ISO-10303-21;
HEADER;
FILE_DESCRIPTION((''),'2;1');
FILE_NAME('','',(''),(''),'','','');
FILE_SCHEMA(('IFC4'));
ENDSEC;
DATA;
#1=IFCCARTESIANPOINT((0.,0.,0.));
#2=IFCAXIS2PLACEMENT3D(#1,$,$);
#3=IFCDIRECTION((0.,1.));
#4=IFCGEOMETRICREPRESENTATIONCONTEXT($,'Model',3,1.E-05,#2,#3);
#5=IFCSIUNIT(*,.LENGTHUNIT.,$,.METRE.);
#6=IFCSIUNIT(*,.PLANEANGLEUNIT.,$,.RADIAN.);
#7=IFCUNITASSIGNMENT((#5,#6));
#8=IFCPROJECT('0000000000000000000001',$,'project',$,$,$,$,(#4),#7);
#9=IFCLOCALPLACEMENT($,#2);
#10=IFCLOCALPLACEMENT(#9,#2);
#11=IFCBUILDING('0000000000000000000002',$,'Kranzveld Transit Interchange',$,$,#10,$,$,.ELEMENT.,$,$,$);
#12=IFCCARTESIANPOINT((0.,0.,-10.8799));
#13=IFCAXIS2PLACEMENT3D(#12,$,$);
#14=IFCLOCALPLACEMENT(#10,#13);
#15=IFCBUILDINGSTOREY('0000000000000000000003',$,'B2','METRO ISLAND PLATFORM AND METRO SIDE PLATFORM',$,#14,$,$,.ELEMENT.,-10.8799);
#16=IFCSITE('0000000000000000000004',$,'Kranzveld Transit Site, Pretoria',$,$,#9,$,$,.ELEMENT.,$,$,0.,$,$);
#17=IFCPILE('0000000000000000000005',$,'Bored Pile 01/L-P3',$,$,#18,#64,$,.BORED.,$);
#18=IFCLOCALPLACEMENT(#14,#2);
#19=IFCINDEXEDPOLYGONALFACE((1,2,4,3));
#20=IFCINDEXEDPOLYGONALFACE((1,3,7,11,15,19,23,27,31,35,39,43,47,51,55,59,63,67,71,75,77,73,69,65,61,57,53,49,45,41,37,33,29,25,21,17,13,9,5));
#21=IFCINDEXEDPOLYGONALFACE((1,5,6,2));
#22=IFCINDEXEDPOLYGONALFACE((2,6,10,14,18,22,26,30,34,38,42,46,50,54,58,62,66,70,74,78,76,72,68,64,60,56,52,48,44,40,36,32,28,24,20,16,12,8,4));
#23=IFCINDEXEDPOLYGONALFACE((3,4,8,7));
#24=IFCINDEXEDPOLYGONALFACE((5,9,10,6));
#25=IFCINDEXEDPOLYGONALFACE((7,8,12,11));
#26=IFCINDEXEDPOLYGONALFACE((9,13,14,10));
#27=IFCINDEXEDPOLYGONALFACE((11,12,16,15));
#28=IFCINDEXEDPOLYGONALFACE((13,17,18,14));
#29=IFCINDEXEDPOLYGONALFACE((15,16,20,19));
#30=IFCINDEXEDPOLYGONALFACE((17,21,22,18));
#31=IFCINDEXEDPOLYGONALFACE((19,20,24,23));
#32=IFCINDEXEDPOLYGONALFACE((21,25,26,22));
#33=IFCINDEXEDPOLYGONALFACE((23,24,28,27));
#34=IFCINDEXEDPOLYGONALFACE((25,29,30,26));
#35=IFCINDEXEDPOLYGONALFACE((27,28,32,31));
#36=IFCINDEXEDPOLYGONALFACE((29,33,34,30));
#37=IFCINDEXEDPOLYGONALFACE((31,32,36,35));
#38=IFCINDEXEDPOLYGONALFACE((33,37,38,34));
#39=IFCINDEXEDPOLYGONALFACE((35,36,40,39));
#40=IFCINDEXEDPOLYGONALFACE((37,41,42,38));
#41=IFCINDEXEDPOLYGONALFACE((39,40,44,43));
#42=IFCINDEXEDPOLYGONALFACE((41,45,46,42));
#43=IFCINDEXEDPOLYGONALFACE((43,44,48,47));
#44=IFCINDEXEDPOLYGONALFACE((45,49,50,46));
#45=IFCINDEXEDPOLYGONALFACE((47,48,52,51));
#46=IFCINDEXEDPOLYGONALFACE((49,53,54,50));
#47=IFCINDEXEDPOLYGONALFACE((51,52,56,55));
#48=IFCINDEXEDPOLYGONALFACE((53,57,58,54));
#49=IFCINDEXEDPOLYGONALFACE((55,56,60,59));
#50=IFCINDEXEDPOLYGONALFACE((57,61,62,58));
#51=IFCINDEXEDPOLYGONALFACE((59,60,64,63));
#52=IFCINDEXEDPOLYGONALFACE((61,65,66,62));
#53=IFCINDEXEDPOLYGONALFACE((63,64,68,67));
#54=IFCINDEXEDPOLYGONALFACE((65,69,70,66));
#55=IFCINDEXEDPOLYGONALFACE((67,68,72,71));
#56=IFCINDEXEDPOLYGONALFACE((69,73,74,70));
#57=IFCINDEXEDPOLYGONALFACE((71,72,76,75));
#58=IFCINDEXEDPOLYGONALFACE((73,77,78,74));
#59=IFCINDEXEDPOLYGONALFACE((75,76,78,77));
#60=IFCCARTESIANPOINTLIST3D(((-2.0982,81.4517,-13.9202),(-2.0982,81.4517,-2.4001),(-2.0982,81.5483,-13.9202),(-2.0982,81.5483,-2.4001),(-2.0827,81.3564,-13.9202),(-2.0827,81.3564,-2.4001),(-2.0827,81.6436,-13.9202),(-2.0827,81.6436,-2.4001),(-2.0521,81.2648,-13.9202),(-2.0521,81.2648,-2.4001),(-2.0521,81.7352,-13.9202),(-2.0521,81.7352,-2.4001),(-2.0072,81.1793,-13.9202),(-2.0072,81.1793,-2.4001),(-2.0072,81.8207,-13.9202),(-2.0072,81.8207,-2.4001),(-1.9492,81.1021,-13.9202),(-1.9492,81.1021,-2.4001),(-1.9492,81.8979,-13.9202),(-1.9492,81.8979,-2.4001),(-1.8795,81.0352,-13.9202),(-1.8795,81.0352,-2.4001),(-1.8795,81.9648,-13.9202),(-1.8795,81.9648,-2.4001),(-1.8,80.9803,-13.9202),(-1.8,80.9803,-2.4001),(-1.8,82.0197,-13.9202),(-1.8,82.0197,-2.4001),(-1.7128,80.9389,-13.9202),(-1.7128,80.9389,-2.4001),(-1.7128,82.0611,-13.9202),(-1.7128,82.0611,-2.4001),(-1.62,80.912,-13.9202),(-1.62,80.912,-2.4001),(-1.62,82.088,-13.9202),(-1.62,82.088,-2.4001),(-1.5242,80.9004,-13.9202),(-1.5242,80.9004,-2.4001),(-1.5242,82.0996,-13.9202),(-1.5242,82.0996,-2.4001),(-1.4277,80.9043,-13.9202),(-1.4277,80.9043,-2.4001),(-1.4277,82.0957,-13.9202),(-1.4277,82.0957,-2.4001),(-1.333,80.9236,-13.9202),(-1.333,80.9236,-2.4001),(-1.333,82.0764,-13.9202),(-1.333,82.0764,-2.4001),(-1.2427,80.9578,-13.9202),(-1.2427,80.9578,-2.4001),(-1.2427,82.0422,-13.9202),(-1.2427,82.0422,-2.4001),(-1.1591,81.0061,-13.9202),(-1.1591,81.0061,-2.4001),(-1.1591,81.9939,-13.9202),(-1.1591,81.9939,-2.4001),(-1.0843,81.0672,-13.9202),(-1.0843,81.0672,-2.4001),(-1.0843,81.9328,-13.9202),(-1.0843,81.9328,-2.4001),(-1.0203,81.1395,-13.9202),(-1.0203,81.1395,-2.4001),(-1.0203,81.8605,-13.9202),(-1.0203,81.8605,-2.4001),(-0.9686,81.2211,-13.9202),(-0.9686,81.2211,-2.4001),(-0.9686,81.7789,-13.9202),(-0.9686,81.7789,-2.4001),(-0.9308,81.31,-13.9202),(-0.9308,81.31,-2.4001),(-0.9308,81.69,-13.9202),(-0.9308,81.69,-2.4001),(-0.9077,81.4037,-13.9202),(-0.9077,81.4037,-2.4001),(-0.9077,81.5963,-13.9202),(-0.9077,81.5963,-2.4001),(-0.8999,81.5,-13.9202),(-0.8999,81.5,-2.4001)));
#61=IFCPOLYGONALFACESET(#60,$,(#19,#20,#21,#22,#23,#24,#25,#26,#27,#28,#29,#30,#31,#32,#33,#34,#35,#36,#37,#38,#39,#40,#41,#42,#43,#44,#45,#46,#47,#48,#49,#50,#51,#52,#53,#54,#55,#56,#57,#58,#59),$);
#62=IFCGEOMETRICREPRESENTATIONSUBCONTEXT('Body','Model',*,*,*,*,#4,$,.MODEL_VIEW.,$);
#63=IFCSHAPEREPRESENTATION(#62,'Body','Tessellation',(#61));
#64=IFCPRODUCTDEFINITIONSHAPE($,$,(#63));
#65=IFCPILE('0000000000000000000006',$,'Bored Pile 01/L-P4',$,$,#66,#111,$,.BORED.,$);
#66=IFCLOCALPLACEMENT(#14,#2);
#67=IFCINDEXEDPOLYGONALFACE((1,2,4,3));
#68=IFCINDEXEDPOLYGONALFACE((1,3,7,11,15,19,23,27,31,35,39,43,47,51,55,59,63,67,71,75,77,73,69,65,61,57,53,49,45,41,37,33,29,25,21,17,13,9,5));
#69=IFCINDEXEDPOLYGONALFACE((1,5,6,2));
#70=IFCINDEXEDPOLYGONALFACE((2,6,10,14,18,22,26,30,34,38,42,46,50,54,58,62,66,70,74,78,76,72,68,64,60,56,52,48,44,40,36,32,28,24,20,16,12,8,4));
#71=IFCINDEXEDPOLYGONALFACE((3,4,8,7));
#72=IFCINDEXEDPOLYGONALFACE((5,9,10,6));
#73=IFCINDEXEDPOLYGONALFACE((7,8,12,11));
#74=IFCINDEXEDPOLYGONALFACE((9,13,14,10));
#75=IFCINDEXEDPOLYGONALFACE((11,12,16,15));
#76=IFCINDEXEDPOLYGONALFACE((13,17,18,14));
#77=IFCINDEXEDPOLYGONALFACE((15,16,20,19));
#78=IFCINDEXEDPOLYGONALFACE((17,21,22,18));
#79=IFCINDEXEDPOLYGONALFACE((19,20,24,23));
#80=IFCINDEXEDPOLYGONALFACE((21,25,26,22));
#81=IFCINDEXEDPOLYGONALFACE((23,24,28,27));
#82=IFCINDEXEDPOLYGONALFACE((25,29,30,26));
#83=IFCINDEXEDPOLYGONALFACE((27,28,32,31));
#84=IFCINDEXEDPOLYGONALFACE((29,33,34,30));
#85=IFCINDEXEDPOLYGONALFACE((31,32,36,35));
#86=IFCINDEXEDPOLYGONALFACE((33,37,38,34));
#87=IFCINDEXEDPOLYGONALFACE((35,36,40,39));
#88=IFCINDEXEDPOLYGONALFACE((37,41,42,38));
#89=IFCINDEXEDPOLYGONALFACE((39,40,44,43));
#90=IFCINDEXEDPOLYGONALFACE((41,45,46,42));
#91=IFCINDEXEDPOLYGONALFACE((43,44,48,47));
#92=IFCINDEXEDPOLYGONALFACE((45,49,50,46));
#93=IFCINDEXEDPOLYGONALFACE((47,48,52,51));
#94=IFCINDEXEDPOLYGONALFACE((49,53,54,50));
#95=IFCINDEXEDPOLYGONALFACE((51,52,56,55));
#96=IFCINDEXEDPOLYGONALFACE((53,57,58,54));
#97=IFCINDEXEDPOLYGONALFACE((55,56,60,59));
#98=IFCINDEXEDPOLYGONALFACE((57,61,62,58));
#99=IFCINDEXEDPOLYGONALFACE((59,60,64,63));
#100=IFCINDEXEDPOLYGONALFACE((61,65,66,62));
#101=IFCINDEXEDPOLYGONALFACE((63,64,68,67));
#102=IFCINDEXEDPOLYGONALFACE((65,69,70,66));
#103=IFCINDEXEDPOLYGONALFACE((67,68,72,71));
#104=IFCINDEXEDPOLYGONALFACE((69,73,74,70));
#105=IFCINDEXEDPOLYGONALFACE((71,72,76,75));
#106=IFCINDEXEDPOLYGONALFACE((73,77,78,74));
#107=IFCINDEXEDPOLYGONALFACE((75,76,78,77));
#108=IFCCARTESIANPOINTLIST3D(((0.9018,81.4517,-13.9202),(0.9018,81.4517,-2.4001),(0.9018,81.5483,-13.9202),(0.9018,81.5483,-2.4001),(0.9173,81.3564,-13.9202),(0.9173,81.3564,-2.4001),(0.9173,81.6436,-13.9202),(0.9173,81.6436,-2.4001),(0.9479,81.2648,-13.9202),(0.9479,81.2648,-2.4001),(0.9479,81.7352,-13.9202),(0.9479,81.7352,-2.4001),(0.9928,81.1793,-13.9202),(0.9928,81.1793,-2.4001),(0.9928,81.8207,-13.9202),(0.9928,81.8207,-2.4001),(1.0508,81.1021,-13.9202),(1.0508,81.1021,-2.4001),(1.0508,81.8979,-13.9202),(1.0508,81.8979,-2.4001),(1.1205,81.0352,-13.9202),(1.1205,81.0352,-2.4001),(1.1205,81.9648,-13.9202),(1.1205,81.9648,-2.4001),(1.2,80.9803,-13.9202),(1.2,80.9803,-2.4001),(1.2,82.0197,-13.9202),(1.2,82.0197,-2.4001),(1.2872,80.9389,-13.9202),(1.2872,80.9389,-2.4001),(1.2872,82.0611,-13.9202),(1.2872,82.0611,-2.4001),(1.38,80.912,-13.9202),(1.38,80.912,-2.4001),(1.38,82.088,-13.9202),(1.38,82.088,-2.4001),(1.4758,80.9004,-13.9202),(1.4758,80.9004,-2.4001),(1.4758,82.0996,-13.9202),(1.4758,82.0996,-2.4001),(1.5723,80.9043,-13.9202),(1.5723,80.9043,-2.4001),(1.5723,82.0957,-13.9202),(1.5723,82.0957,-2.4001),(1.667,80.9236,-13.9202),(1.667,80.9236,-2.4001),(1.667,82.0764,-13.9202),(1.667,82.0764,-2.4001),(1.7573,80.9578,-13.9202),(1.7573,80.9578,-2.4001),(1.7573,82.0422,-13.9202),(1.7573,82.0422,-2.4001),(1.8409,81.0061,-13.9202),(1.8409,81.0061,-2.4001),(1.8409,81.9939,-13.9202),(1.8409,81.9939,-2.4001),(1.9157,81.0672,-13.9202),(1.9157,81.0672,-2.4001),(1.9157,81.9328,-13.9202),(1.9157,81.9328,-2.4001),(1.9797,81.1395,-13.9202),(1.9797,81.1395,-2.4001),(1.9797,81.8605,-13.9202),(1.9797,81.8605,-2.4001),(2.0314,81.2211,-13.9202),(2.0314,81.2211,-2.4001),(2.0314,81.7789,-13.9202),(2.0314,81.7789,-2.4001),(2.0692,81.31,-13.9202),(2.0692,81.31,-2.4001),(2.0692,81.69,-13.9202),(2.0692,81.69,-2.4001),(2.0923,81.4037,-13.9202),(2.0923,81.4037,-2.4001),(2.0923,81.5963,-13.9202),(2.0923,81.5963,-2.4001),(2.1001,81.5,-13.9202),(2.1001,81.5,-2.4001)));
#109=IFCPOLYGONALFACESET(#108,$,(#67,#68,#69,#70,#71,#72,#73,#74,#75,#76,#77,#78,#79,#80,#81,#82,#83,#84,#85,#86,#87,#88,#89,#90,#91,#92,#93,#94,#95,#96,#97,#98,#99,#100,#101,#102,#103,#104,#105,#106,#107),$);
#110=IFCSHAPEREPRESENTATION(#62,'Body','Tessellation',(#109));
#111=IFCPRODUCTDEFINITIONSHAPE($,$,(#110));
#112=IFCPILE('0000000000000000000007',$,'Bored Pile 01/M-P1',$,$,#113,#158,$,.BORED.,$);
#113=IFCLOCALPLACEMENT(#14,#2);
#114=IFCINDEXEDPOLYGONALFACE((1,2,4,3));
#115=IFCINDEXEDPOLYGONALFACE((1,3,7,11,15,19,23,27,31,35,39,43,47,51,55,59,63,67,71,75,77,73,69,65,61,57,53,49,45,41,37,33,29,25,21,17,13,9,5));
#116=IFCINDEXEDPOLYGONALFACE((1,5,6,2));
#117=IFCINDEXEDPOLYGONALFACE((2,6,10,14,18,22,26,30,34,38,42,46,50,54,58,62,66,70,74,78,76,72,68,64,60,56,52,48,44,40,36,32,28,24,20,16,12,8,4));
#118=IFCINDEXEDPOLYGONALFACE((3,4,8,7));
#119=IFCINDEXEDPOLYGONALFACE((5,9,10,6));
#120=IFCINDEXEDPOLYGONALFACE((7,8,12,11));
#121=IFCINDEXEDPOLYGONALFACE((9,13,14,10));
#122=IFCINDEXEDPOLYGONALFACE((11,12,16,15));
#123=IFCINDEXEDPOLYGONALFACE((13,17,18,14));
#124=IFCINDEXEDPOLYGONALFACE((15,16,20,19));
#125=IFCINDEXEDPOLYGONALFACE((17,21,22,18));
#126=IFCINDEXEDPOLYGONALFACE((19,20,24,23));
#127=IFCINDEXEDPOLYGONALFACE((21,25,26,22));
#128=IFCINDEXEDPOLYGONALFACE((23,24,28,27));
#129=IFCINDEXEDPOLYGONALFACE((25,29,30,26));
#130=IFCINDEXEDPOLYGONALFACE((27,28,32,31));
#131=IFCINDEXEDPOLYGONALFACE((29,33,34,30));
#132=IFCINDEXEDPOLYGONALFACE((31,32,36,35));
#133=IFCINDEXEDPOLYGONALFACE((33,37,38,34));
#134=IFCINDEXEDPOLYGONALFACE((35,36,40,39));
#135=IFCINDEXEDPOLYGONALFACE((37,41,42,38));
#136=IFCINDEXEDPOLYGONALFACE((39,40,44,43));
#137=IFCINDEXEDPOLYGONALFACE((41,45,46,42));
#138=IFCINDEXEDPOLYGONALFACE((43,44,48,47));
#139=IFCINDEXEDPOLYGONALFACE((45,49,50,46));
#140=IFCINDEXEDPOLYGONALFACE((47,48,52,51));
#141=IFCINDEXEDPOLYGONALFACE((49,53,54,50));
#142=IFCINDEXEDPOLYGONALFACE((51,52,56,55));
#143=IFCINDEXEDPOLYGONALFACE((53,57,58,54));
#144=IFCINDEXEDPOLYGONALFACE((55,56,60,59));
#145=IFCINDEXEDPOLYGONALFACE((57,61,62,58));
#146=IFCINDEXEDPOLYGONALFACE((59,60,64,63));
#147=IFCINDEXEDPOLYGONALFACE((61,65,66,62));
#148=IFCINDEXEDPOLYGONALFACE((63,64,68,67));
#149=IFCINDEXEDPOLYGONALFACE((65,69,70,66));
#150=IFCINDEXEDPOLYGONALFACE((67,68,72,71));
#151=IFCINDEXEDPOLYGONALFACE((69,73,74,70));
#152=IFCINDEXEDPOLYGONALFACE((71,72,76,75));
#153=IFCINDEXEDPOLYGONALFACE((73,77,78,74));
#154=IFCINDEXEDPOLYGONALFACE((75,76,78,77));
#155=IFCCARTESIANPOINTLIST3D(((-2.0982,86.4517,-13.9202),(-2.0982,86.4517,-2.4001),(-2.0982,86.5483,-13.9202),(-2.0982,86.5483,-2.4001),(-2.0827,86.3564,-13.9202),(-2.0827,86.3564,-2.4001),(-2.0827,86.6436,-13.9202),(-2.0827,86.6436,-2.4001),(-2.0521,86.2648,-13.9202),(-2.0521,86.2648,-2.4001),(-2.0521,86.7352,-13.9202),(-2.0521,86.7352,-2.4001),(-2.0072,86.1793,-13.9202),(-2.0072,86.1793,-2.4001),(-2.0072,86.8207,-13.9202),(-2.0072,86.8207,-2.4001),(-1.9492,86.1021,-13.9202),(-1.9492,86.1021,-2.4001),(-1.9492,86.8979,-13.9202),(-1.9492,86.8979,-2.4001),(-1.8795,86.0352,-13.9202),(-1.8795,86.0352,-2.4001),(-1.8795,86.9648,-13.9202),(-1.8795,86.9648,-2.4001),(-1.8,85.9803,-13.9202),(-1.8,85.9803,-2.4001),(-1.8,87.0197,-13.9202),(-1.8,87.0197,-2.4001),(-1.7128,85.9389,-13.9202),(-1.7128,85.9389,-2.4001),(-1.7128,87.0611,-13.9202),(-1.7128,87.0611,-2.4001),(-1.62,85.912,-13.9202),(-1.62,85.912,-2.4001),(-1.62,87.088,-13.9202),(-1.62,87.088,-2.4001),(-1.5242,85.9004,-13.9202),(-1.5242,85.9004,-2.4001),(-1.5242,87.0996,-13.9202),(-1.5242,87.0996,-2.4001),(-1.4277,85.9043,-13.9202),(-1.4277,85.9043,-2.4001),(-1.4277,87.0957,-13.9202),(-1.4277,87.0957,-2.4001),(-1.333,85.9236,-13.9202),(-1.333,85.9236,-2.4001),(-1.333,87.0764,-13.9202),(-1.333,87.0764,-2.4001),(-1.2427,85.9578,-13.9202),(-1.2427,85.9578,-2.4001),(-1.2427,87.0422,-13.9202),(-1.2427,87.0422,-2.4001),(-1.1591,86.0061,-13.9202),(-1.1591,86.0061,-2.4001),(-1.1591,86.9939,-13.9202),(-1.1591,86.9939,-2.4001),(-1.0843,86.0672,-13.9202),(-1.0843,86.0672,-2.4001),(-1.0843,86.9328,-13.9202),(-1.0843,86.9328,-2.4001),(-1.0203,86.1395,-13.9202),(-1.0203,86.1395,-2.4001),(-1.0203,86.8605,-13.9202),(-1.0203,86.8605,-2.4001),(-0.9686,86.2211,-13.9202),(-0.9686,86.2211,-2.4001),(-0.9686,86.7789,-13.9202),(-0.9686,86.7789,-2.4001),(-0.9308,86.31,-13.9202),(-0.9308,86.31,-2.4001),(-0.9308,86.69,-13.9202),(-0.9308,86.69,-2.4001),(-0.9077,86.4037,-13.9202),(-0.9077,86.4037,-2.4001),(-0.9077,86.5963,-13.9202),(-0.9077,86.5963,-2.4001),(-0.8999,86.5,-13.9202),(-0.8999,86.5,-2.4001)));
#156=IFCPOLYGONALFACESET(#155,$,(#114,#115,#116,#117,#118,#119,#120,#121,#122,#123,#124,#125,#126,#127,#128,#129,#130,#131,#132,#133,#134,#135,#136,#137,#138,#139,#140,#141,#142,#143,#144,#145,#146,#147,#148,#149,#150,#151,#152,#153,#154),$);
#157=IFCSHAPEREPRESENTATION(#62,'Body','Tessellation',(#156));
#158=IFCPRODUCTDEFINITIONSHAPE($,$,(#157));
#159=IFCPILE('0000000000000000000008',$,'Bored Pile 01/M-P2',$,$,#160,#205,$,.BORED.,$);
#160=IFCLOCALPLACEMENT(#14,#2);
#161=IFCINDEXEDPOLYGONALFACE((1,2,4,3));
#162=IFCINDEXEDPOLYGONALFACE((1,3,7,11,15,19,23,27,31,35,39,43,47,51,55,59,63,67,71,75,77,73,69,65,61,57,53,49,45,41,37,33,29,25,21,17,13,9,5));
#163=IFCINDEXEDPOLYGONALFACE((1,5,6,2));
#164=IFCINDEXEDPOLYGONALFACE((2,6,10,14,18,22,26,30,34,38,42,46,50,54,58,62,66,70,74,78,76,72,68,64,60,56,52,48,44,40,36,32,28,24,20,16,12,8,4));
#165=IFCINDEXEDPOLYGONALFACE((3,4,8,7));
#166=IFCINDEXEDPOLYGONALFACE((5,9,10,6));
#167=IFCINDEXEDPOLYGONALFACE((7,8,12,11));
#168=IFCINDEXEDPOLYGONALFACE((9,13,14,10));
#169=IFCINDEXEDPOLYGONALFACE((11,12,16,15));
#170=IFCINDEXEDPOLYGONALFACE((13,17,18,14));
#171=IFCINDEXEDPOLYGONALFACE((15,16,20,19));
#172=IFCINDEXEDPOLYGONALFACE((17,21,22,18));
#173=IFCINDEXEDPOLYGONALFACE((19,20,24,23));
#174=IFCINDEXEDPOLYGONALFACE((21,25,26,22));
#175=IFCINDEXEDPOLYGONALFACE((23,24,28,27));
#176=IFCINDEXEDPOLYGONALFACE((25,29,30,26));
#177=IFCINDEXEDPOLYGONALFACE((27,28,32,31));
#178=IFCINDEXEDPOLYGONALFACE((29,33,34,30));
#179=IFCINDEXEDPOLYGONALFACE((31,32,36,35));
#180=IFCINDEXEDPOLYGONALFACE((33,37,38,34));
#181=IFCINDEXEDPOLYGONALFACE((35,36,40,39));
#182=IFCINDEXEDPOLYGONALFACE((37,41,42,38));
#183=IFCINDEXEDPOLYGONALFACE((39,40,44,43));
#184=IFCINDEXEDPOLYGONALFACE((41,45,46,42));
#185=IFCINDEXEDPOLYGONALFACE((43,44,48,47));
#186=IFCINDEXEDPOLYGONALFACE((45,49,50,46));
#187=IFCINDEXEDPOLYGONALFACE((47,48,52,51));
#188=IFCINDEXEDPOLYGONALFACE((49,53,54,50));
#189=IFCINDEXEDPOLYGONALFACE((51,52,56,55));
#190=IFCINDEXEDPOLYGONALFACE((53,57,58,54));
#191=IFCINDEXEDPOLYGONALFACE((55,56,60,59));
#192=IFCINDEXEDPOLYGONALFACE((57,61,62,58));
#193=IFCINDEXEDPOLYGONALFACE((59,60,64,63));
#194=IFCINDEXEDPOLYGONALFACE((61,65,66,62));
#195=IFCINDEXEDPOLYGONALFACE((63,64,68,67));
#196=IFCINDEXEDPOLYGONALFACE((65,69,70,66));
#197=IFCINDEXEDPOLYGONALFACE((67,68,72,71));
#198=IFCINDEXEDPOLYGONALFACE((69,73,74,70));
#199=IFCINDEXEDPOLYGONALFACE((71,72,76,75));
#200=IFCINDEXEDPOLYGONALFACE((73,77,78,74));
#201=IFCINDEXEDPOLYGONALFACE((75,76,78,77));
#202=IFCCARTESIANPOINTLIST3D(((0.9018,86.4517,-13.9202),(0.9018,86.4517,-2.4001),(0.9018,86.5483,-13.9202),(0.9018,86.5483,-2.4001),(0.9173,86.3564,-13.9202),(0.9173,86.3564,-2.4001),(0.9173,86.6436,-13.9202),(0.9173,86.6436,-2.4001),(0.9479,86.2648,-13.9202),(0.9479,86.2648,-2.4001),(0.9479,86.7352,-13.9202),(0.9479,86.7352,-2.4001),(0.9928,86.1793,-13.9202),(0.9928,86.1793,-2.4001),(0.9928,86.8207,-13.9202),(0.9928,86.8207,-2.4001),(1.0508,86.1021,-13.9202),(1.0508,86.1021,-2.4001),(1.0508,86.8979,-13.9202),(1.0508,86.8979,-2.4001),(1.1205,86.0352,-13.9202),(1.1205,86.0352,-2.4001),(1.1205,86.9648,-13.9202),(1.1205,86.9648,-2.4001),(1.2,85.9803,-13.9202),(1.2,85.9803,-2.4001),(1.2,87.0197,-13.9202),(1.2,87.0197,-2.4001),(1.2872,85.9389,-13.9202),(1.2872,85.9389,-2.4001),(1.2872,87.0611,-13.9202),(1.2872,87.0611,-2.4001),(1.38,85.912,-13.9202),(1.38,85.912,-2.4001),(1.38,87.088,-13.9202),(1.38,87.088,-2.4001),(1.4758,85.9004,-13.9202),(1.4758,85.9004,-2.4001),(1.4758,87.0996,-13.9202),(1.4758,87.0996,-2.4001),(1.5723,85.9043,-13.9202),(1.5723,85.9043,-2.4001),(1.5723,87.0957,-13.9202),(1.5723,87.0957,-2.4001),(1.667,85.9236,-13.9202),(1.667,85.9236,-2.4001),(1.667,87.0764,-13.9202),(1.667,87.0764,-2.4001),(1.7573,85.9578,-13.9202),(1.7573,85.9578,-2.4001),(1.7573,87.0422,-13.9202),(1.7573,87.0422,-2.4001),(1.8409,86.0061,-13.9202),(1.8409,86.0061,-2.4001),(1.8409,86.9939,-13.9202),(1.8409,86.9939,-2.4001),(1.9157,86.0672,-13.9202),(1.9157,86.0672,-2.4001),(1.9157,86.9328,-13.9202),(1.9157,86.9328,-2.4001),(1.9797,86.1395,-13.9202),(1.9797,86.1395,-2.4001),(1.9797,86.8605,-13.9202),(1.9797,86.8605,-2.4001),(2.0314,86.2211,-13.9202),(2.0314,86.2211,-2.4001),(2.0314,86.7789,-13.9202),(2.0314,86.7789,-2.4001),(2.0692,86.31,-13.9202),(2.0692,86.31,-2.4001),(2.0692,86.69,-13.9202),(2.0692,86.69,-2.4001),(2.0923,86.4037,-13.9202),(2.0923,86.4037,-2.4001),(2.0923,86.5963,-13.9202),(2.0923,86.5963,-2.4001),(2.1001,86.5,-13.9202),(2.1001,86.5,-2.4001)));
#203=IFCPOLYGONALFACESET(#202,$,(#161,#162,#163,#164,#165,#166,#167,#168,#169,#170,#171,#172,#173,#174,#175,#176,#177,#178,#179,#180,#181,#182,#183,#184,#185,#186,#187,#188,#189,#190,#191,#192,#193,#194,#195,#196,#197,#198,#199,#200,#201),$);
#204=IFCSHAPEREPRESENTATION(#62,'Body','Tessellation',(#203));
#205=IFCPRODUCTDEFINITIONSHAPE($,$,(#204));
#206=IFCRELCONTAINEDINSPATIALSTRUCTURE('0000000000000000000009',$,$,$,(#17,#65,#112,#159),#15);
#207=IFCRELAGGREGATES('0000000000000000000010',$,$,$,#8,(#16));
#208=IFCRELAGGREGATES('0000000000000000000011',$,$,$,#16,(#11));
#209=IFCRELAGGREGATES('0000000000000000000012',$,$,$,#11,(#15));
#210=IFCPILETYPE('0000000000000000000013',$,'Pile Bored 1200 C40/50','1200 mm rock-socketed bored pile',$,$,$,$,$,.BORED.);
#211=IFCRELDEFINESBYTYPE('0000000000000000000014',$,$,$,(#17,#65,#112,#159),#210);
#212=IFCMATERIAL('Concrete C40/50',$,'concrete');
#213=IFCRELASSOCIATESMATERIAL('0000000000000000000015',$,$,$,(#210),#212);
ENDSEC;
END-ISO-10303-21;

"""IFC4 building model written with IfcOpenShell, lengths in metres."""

from ifc_helpers import new_model, si_unit, direction, frame, origin, origin_2d, place, context, subcontext, project, spatial, circle, extrude, material, material_profile, profile_set, type_object, element, save


model = new_model("IFC4")

# Units and contexts
model_context = context("Model", 3, precision=1e-05, world=origin(), true_north=direction((0.0, 1.0)))
body_context = subcontext(model_context, "Body", "Model", "MODEL_VIEW")
ifc_project = project(units=[si_unit("LENGTHUNIT", "METRE"), si_unit("PLANEANGLEUNIT", "RADIAN")], contexts=[model_context])

# Site, building, storey
site_placement = place(None, origin())
site = spatial("IfcSite", under=ifc_project, at=site_placement, Name="Kranzveld Transit Site, Pretoria", CompositionType="ELEMENT", RefElevation=0.0)
building_placement = place(site_placement, origin())
building = spatial("IfcBuilding", under=site, at=building_placement, Name="Kranzveld Transit Interchange", CompositionType="ELEMENT")
storey_placement = place(building_placement, frame((0.0, 0.0, -10.8799)))
storey = spatial("IfcBuildingStorey", under=building, at=storey_placement, Name="B2", Description="METRO ISLAND PLATFORM AND METRO SIDE PLATFORM", CompositionType="ELEMENT", Elevation=-10.8799)

# Piles
ifc_material_1 = material(Name="Concrete C40/50", Category="concrete")
ifc_material_profile_1 = material_profile(ifc_material_1, circle(Radius=0.6001, at=origin_2d()), Name="BORED PILE 1200")
ifc_profile_set_1 = profile_set([ifc_material_profile_1], Name="Concrete C40/50")
pile_type = type_object("IfcPileType", Name="Pile Bored 1200 C40/50", Description="1200 mm rock-socketed bored pile", PredefinedType="BORED", material=ifc_profile_set_1)
for number, where, z_axis, x_axis, name in (
    (1, (-1.5, 81.5, -2.4001), (0.0, 0.0, -1.0), (1.0, 0.0, 0.0), "Bored Pile 01/L-P3"),
    (2, (1.5, 81.5, -2.4001), (0.0, 0.0, -1.0), (1.0, 0.0, 0.0), "Bored Pile 01/L-P4"),
    (3, (-1.5, 86.5, -2.4001), (0.0, 0.0, -1.0), (1.0, 0.0, 0.0), "Bored Pile 01/M-P1"),
    (4, (1.5, 86.5, -2.4001), (0.0, 0.0, -1.0), (1.0, 0.0, 0.0), "Bored Pile 01/M-P2"),
):
    element("IfcPile", number, at=place(storey_placement, frame(where, z_axis=z_axis, x_axis=x_axis)), inside=storey, type_object=pile_type, Name=name, PredefinedType="BORED", context=body_context, shape_type="SweptSolid", body=[
        extrude(circle(Radius=0.6001, at=origin_2d()), origin(), (0.0, 0.0, 1.0), 11.52),
    ])

save(model, "model.ifc")
